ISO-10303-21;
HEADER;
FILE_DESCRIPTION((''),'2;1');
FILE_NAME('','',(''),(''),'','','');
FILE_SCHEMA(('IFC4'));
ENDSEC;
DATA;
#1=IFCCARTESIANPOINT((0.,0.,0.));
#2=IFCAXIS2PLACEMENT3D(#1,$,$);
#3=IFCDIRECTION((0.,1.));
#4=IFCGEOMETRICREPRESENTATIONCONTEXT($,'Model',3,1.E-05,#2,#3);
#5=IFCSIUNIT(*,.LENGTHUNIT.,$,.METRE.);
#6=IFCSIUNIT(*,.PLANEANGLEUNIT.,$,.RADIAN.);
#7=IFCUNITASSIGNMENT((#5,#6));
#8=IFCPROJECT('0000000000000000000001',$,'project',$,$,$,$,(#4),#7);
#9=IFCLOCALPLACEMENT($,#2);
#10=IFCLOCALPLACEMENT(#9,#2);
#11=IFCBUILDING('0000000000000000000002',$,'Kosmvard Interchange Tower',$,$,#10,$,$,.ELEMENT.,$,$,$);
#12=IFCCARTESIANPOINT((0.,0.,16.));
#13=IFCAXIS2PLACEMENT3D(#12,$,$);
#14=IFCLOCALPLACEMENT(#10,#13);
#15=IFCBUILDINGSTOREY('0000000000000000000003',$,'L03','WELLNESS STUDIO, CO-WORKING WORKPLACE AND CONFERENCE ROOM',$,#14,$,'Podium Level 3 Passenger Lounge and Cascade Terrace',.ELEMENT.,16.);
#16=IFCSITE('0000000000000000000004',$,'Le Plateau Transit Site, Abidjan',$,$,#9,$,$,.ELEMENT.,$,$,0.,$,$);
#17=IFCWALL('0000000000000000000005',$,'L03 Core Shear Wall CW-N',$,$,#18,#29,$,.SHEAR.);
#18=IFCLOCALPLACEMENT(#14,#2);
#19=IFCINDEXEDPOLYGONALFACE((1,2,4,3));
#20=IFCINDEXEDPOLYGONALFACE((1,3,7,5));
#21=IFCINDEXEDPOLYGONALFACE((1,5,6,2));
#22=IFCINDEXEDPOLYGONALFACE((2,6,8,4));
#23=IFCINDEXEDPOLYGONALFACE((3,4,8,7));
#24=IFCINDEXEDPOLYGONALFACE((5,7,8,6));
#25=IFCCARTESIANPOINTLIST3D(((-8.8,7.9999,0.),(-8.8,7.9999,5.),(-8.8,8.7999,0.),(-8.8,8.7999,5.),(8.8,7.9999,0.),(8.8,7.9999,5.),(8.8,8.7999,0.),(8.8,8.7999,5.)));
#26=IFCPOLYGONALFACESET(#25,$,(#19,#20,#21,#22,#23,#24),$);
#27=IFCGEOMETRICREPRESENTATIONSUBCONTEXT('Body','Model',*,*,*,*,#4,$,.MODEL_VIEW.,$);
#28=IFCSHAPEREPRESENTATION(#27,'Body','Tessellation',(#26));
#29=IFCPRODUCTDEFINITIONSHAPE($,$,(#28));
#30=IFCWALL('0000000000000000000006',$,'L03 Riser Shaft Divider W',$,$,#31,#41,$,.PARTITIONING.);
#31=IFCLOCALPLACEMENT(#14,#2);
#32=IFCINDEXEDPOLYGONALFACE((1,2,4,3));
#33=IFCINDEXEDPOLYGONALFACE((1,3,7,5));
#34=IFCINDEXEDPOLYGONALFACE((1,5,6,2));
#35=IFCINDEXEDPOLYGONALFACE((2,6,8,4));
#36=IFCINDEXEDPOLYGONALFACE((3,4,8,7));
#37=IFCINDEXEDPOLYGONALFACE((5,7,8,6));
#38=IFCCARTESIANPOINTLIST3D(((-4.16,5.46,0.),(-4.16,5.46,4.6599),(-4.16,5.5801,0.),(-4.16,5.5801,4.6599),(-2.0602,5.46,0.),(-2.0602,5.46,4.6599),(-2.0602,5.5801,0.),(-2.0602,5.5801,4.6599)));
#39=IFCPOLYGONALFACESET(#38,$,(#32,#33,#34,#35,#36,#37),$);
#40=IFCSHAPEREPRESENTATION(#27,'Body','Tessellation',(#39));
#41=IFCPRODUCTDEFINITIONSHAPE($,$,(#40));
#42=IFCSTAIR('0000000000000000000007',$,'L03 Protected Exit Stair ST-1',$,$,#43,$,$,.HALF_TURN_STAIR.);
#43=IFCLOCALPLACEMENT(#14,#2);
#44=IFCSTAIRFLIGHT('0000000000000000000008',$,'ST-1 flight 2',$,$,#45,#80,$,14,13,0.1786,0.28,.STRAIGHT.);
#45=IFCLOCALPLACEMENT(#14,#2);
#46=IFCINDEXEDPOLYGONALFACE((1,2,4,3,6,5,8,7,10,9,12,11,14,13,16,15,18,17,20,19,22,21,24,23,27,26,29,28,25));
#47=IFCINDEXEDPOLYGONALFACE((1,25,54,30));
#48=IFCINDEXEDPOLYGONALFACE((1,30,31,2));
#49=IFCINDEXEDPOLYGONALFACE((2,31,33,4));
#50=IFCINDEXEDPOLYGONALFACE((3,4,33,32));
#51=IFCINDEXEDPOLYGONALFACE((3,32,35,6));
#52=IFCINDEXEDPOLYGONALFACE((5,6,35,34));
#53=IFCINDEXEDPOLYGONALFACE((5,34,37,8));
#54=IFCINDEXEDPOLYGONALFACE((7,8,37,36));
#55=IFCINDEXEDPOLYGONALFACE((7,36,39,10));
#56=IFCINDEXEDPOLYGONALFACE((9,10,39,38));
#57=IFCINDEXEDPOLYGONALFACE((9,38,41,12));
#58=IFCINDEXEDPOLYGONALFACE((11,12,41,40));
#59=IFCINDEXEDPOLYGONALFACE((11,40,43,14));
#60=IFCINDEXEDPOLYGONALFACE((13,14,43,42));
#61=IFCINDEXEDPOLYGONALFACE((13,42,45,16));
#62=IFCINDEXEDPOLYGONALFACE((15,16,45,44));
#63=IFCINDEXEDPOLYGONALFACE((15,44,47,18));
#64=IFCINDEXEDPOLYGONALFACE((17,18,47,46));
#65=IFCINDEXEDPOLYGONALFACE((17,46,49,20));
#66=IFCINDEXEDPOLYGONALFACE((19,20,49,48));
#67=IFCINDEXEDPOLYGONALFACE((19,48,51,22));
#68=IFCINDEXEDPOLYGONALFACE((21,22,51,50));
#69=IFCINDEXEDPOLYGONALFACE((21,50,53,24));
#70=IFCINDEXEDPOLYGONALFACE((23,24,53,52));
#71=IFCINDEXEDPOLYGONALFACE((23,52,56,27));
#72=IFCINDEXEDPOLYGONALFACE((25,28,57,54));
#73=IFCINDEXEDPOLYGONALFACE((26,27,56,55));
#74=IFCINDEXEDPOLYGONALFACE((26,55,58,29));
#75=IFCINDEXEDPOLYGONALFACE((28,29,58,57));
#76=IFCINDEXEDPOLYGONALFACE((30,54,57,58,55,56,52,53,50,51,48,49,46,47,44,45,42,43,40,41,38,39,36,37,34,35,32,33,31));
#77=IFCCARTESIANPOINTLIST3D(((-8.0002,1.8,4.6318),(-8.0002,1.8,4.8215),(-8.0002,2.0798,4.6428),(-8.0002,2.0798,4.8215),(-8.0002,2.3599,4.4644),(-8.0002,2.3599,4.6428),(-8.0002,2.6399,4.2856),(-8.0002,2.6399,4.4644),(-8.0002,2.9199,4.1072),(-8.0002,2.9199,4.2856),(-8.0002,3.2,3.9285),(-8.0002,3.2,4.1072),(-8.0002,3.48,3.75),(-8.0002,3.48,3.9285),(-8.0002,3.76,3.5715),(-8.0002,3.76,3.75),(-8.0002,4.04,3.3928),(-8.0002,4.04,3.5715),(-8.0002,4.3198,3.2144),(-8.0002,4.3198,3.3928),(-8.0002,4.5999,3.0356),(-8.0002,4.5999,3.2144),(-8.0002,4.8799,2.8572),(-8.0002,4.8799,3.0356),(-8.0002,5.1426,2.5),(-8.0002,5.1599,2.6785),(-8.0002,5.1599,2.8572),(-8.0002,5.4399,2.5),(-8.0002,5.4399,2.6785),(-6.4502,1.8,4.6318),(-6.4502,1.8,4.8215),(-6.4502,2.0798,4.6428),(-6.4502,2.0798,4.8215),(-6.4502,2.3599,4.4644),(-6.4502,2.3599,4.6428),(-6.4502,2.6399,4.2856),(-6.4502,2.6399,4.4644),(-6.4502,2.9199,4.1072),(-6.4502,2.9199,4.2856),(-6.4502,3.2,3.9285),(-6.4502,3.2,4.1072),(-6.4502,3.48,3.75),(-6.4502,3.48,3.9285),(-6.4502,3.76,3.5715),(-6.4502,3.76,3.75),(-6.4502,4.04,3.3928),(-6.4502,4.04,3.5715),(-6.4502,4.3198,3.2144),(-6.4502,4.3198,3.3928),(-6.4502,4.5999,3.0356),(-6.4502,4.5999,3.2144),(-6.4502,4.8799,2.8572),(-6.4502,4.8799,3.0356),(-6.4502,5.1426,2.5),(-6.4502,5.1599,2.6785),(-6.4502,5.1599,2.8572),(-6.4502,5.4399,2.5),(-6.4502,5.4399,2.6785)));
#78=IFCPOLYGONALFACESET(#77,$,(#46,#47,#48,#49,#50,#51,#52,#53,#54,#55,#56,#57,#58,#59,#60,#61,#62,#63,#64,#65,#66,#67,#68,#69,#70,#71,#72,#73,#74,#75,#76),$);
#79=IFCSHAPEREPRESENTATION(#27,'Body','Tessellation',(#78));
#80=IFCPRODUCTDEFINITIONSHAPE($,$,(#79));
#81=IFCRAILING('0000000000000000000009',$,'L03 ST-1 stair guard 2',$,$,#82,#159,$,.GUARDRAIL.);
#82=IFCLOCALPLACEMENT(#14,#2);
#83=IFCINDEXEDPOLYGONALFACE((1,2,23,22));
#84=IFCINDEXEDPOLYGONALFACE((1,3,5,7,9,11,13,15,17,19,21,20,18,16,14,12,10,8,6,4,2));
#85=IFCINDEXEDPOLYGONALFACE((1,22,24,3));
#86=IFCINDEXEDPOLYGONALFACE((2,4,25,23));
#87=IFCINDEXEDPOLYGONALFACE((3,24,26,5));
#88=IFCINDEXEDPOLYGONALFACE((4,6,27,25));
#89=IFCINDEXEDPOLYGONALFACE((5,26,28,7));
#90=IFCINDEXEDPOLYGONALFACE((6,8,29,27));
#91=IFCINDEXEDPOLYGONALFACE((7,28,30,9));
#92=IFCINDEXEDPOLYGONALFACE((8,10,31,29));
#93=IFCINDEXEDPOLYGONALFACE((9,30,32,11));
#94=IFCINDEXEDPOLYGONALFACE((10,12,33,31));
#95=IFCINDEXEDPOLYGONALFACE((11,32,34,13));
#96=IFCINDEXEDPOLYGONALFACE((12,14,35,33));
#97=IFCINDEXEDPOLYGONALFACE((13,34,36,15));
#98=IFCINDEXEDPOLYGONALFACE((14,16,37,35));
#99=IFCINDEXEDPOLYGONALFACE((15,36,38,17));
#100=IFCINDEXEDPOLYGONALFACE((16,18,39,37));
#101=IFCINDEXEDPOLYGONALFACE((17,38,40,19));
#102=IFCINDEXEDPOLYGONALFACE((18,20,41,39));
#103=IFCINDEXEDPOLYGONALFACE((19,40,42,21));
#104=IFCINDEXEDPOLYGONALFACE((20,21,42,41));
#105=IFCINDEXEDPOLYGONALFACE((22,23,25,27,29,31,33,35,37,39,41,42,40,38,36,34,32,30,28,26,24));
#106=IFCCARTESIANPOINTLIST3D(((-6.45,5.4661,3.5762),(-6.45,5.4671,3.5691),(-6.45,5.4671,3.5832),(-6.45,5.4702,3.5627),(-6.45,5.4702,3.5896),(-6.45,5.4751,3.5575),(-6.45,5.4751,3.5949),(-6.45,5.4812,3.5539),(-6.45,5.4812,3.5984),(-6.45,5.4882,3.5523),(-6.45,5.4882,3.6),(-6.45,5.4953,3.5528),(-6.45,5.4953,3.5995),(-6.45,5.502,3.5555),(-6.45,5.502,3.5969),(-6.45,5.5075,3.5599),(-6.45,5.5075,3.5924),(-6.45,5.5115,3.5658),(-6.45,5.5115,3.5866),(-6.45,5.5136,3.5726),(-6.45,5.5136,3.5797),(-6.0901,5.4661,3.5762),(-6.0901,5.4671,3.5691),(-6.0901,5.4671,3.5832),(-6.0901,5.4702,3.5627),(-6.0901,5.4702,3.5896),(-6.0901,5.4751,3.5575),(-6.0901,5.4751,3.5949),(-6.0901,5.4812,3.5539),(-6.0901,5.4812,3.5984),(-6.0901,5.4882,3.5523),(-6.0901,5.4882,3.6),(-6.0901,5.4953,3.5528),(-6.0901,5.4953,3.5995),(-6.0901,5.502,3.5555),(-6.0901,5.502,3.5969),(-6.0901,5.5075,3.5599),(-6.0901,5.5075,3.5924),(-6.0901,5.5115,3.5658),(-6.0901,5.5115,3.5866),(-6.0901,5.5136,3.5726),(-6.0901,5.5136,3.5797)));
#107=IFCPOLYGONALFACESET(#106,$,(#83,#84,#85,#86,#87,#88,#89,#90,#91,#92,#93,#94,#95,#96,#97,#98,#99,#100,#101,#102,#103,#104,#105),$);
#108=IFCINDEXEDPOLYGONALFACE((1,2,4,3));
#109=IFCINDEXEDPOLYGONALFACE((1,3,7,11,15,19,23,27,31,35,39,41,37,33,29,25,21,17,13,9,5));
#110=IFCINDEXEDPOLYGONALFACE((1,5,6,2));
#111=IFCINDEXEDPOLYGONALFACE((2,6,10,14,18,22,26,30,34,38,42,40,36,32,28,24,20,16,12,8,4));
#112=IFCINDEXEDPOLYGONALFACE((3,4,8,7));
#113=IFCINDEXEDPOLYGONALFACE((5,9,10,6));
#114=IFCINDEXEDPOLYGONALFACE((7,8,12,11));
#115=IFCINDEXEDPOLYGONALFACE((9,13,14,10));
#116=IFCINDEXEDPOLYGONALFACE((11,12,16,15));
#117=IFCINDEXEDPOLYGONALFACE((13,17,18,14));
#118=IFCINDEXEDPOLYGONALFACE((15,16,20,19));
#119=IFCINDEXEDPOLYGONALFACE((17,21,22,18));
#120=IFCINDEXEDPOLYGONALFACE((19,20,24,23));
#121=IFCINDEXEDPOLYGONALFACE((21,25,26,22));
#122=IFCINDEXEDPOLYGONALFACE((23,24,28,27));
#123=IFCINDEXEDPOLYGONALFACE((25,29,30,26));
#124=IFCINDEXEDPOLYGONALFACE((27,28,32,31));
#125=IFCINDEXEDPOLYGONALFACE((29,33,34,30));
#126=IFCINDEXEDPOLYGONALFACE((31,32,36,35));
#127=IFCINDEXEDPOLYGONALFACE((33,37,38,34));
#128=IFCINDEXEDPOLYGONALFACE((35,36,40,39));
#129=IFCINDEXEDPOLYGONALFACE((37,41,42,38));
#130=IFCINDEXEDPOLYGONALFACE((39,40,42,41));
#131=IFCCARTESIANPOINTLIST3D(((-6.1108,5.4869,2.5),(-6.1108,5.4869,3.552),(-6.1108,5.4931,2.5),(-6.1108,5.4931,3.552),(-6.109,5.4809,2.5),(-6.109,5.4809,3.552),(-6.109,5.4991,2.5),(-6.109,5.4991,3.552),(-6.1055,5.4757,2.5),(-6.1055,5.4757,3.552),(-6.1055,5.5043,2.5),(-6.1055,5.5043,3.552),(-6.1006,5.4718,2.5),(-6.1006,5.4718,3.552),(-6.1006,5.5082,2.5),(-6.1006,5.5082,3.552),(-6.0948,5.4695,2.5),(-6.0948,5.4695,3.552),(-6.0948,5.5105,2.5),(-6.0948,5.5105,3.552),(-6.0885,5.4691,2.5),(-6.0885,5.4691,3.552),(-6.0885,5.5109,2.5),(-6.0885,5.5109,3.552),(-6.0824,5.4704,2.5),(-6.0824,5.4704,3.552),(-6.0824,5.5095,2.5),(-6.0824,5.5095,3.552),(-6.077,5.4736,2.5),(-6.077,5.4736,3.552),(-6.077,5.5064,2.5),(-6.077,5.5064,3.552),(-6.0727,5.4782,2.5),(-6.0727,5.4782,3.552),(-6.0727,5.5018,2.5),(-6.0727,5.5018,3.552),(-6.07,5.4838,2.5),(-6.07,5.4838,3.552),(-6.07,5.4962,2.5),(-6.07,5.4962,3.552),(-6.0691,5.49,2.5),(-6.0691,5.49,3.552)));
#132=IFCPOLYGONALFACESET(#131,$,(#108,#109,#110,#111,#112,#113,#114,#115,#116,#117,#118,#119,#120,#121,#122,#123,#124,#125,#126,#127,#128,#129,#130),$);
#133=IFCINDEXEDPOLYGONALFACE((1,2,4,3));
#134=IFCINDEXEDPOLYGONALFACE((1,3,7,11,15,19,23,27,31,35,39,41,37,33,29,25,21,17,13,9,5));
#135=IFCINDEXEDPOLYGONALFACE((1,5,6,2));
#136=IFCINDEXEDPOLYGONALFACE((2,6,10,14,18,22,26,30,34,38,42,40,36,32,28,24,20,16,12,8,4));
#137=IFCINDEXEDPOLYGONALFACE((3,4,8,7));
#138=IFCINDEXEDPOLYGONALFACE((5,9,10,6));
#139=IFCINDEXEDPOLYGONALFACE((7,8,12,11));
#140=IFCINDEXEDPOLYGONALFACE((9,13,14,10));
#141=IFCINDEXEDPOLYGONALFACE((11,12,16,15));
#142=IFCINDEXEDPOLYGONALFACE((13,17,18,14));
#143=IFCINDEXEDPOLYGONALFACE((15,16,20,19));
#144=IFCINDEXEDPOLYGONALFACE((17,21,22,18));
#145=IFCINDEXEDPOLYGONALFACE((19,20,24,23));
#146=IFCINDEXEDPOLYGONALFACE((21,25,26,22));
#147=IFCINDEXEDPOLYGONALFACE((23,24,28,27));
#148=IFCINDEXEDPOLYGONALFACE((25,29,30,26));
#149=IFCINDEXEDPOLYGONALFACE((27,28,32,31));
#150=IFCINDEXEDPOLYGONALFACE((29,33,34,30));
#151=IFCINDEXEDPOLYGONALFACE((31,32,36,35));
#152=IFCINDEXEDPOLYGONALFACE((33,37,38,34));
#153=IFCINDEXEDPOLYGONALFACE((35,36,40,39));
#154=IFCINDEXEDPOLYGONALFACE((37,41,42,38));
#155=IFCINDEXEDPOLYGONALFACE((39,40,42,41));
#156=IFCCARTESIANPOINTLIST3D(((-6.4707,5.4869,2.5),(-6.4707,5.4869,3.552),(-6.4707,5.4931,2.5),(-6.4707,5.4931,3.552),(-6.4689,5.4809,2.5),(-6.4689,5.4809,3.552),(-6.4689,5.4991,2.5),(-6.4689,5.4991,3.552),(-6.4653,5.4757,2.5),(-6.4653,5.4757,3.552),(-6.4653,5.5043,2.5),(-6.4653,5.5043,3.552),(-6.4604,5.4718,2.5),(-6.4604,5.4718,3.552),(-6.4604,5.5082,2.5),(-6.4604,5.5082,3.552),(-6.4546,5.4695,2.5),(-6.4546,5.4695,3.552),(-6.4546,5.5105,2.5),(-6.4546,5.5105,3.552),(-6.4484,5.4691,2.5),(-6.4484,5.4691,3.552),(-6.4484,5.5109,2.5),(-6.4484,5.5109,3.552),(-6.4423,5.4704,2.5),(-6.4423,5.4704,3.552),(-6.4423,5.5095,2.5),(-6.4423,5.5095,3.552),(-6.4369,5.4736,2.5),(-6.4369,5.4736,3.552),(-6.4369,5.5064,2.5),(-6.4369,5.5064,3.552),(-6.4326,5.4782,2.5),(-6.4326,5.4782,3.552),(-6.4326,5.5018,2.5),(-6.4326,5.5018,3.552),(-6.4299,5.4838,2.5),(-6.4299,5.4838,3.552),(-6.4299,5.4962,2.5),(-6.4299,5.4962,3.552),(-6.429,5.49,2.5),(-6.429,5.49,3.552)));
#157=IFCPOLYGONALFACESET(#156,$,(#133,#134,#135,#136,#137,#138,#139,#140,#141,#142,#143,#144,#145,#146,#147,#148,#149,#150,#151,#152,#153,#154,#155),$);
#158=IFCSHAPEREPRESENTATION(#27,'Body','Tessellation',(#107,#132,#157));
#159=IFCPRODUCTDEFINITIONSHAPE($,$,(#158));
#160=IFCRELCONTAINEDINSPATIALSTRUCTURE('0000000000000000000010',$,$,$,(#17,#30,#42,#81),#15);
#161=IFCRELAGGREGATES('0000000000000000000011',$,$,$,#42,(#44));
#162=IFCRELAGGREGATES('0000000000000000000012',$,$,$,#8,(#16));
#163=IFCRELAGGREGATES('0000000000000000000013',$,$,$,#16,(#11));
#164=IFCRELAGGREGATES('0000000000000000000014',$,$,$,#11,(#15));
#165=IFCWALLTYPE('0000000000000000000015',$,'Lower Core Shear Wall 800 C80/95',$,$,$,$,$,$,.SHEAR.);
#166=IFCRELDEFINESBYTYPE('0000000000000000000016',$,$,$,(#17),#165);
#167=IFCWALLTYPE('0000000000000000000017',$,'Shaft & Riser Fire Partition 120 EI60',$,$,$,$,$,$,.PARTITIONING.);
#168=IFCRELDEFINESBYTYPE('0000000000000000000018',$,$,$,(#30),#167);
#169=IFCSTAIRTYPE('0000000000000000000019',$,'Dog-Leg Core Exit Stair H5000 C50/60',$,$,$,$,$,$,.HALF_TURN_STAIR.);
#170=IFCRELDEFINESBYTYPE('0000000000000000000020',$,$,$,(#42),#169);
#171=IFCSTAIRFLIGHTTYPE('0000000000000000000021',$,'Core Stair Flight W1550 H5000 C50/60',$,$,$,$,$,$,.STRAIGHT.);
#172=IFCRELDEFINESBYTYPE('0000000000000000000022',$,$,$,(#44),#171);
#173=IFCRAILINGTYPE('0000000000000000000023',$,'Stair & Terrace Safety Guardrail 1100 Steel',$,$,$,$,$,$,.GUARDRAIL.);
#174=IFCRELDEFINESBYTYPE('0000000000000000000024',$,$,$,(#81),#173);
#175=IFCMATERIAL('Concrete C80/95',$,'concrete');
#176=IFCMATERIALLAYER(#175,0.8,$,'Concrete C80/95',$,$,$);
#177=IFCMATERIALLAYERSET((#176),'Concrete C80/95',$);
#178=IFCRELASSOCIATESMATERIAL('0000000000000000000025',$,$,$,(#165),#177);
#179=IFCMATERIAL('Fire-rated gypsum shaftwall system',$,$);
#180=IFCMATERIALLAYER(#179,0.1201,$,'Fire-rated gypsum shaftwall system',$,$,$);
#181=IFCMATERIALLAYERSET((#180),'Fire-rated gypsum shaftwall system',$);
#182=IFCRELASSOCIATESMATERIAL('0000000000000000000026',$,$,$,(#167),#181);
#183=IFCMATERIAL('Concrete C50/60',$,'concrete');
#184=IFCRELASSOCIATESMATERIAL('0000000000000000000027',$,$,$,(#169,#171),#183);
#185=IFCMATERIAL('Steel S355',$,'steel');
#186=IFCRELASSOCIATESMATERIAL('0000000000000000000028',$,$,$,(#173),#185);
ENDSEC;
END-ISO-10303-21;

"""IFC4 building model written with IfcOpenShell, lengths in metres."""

from ifc_helpers import new_model, si_unit, direction, frame, frame_2d, origin, origin_2d, place, context, subcontext, project, spatial, polyline, rectangle, circle, outline, extrude, source, transform, mapped, material, layer, layer_set, type_object, element, aggregate, save


model = new_model("IFC4")

# Units and contexts
model_context = context("Model", 3, precision=1e-05, world=origin(), true_north=direction((0.0, 1.0)))
body_context = subcontext(model_context, "Body", "Model", "MODEL_VIEW")
ifc_project = project(units=[si_unit("LENGTHUNIT", "METRE"), si_unit("PLANEANGLEUNIT", "RADIAN")], contexts=[model_context])

# Site, building, storey
site_placement = place(None, origin())
site = spatial("IfcSite", under=ifc_project, at=site_placement, Name="Le Plateau Transit Site, Abidjan", CompositionType="ELEMENT", RefElevation=0.0)
building_placement = place(site_placement, origin())
building = spatial("IfcBuilding", under=site, at=building_placement, Name="Kosmvard Interchange Tower", CompositionType="ELEMENT")
storey_placement = place(building_placement, frame((0.0, 0.0, 16.0)))
storey = spatial("IfcBuildingStorey", under=building, at=storey_placement, Name="L03", Description="WELLNESS STUDIO, CO-WORKING WORKPLACE AND CONFERENCE ROOM", LongName="Podium Level 3 Passenger Lounge and Cascade Terrace", CompositionType="ELEMENT", Elevation=16.0)

# Shared definitions
ifc_material_1 = material(Name="Concrete C80/95", Category="concrete")

# Shared definitions
ifc_material_2 = material(Name="Steel S355", Category="steel")

# Walls
ifc_layer_1 = layer(ifc_material_1, 0.8, Name="Concrete C80/95")
ifc_layer_set_1 = layer_set([ifc_layer_1], Name="Concrete C80/95")
wall_type_1 = type_object("IfcWallType", Name="Lower Core Shear Wall 800 C80/95", PredefinedType="SHEAR", material=ifc_layer_set_1)
wall_1_placement = place(storey_placement, frame((-8.8, 8.3999, 0.0), z_axis=(0.0, 0.0, 1.0), x_axis=(1.0, 0.0, 0.0)))
element("IfcWall", 1, at=wall_1_placement, inside=storey, type_object=wall_type_1, Name="L03 Core Shear Wall CW-N", PredefinedType="SHEAR", context=body_context, shape_type="SweptSolid", body=[
    extrude(rectangle(XDim=17.6001, YDim=0.8, at=frame_2d((8.8, 0.0))), origin(), (0.0, 0.0, 1.0), 5.0),
])
ifc_material_3 = material(Name="Fire-rated gypsum shaftwall system")
ifc_layer_2 = layer(ifc_material_3, 0.1201, Name="Fire-rated gypsum shaftwall system")
ifc_layer_set_2 = layer_set([ifc_layer_2], Name="Fire-rated gypsum shaftwall system")
wall_type_2 = type_object("IfcWallType", Name="Shaft & Riser Fire Partition 120 EI60", PredefinedType="PARTITIONING", material=ifc_layer_set_2)
wall_2_placement = place(storey_placement, frame((-4.1599, 5.52, 0.0), z_axis=(0.0, 0.0, 1.0), x_axis=(1.0, 0.0, 0.0)))
element("IfcWall", 2, at=wall_2_placement, inside=storey, type_object=wall_type_2, Name="L03 Riser Shaft Divider W", PredefinedType="PARTITIONING", context=body_context, shape_type="SweptSolid", body=[
    extrude(rectangle(XDim=2.0999, YDim=0.1201, at=frame_2d((1.0498, 0.0))), origin(), (0.0, 0.0, 1.0), 4.6599),
])

# Stair, stair flight
ifc_material_4 = material(Name="Concrete C50/60", Category="concrete")
stair_type = type_object("IfcStairType", Name="Dog-Leg Core Exit Stair H5000 C50/60", PredefinedType="HALF_TURN_STAIR", material=ifc_material_4)
stair_placement = place(storey_placement, origin())
stair = element("IfcStair", 3, at=stair_placement, inside=storey, type_object=stair_type, Name="L03 Protected Exit Stair ST-1", PredefinedType="HALF_TURN_STAIR")
stair_flight_type = type_object("IfcStairFlightType", Name="Core Stair Flight W1550 H5000 C50/60", PredefinedType="STRAIGHT", material=ifc_material_4)
shared_shape_1 = source(origin(), body_context, "Body", "SweptSolid", [
    extrude(outline(polyline([(0.0, 0.0), (0.0, 0.1785), (0.28, 0.1785), (0.28, 0.3572), (0.5601, 0.3572), (0.5601, 0.5356), (0.8401, 0.5356), (0.8401, 0.7144), (1.1201, 0.7144), (1.1201, 0.8928), (1.3999, 0.8928), (1.3999, 1.0715), (1.6799, 1.0715), (1.6799, 1.25), (1.96, 1.25), (1.96, 1.4285), (2.24, 1.4285), (2.24, 1.6072), (2.52, 1.6072), (2.52, 1.7856), (2.8, 1.7856), (2.8, 1.9644), (3.0801, 1.9644), (3.0801, 2.1428), (3.3601, 2.1428), (3.3601, 2.3215), (3.6399, 2.3215), (3.6399, 2.5), (3.6399, 2.1318), (0.2974, 0.0), (0.0, 0.0)])), frame((0.0, 0.7749, 0.0), z_axis=(0.0, -1.0, 0.0), x_axis=(1.0, 0.0, 0.0)), (0.0, 0.0, 1.0), 1.55),
])
stair_flight_placement = place(storey_placement, frame((-7.2251, 5.4399, 2.5), z_axis=(0.0, 0.0, 1.0), x_axis=(0.0, -1.0, 0.0)))
stair_flight = element("IfcStairFlight", 4, at=stair_flight_placement, type_object=stair_flight_type, Name="ST-1 flight 2", NumberOfRisers=14, NumberOfTreads=13, PredefinedType="STRAIGHT", RiserHeight=0.1786, TreadLength=0.28, context=body_context, shape_type="MappedRepresentation", body=[
    mapped(shared_shape_1, transform((0.0, 0.0, 0.0), scale=1.0)),
])
aggregate(stair, [stair_flight])

# Railing
railing_type = type_object("IfcRailingType", Name="Stair & Terrace Safety Guardrail 1100 Steel", PredefinedType="GUARDRAIL", material=ifc_material_2)
shared_shape_2 = source(origin(), body_context, "Body", "SweptSolid", [
    extrude(circle(Radius=0.0239, at=origin_2d()), frame((0.0, 0.0, 1.0762), z_axis=(-1.0, 0.0, 0.0), x_axis=(0.0, -1.0, 0.0)), (0.0, 0.0, 1.0), 0.3599),
    extrude(circle(Radius=0.021, at=origin_2d()), origin(), (0.0, 0.0, 1.0), 1.052),
    extrude(circle(Radius=0.021, at=origin_2d()), frame((-0.3599, 0.0, 0.0)), (0.0, 0.0, 1.0), 1.052),
])
railing_1_placement = place(storey_placement, frame((-6.0901, 5.49, 2.5)))
element("IfcRailing", 5, at=railing_1_placement, inside=storey, type_object=railing_type, Name="L03 ST-1 stair guard 2", PredefinedType="GUARDRAIL", context=body_context, shape_type="MappedRepresentation", body=[
    mapped(shared_shape_2, transform((0.0, 0.0, 0.0), scale=1.0)),
])

save(model, "model.ifc")
